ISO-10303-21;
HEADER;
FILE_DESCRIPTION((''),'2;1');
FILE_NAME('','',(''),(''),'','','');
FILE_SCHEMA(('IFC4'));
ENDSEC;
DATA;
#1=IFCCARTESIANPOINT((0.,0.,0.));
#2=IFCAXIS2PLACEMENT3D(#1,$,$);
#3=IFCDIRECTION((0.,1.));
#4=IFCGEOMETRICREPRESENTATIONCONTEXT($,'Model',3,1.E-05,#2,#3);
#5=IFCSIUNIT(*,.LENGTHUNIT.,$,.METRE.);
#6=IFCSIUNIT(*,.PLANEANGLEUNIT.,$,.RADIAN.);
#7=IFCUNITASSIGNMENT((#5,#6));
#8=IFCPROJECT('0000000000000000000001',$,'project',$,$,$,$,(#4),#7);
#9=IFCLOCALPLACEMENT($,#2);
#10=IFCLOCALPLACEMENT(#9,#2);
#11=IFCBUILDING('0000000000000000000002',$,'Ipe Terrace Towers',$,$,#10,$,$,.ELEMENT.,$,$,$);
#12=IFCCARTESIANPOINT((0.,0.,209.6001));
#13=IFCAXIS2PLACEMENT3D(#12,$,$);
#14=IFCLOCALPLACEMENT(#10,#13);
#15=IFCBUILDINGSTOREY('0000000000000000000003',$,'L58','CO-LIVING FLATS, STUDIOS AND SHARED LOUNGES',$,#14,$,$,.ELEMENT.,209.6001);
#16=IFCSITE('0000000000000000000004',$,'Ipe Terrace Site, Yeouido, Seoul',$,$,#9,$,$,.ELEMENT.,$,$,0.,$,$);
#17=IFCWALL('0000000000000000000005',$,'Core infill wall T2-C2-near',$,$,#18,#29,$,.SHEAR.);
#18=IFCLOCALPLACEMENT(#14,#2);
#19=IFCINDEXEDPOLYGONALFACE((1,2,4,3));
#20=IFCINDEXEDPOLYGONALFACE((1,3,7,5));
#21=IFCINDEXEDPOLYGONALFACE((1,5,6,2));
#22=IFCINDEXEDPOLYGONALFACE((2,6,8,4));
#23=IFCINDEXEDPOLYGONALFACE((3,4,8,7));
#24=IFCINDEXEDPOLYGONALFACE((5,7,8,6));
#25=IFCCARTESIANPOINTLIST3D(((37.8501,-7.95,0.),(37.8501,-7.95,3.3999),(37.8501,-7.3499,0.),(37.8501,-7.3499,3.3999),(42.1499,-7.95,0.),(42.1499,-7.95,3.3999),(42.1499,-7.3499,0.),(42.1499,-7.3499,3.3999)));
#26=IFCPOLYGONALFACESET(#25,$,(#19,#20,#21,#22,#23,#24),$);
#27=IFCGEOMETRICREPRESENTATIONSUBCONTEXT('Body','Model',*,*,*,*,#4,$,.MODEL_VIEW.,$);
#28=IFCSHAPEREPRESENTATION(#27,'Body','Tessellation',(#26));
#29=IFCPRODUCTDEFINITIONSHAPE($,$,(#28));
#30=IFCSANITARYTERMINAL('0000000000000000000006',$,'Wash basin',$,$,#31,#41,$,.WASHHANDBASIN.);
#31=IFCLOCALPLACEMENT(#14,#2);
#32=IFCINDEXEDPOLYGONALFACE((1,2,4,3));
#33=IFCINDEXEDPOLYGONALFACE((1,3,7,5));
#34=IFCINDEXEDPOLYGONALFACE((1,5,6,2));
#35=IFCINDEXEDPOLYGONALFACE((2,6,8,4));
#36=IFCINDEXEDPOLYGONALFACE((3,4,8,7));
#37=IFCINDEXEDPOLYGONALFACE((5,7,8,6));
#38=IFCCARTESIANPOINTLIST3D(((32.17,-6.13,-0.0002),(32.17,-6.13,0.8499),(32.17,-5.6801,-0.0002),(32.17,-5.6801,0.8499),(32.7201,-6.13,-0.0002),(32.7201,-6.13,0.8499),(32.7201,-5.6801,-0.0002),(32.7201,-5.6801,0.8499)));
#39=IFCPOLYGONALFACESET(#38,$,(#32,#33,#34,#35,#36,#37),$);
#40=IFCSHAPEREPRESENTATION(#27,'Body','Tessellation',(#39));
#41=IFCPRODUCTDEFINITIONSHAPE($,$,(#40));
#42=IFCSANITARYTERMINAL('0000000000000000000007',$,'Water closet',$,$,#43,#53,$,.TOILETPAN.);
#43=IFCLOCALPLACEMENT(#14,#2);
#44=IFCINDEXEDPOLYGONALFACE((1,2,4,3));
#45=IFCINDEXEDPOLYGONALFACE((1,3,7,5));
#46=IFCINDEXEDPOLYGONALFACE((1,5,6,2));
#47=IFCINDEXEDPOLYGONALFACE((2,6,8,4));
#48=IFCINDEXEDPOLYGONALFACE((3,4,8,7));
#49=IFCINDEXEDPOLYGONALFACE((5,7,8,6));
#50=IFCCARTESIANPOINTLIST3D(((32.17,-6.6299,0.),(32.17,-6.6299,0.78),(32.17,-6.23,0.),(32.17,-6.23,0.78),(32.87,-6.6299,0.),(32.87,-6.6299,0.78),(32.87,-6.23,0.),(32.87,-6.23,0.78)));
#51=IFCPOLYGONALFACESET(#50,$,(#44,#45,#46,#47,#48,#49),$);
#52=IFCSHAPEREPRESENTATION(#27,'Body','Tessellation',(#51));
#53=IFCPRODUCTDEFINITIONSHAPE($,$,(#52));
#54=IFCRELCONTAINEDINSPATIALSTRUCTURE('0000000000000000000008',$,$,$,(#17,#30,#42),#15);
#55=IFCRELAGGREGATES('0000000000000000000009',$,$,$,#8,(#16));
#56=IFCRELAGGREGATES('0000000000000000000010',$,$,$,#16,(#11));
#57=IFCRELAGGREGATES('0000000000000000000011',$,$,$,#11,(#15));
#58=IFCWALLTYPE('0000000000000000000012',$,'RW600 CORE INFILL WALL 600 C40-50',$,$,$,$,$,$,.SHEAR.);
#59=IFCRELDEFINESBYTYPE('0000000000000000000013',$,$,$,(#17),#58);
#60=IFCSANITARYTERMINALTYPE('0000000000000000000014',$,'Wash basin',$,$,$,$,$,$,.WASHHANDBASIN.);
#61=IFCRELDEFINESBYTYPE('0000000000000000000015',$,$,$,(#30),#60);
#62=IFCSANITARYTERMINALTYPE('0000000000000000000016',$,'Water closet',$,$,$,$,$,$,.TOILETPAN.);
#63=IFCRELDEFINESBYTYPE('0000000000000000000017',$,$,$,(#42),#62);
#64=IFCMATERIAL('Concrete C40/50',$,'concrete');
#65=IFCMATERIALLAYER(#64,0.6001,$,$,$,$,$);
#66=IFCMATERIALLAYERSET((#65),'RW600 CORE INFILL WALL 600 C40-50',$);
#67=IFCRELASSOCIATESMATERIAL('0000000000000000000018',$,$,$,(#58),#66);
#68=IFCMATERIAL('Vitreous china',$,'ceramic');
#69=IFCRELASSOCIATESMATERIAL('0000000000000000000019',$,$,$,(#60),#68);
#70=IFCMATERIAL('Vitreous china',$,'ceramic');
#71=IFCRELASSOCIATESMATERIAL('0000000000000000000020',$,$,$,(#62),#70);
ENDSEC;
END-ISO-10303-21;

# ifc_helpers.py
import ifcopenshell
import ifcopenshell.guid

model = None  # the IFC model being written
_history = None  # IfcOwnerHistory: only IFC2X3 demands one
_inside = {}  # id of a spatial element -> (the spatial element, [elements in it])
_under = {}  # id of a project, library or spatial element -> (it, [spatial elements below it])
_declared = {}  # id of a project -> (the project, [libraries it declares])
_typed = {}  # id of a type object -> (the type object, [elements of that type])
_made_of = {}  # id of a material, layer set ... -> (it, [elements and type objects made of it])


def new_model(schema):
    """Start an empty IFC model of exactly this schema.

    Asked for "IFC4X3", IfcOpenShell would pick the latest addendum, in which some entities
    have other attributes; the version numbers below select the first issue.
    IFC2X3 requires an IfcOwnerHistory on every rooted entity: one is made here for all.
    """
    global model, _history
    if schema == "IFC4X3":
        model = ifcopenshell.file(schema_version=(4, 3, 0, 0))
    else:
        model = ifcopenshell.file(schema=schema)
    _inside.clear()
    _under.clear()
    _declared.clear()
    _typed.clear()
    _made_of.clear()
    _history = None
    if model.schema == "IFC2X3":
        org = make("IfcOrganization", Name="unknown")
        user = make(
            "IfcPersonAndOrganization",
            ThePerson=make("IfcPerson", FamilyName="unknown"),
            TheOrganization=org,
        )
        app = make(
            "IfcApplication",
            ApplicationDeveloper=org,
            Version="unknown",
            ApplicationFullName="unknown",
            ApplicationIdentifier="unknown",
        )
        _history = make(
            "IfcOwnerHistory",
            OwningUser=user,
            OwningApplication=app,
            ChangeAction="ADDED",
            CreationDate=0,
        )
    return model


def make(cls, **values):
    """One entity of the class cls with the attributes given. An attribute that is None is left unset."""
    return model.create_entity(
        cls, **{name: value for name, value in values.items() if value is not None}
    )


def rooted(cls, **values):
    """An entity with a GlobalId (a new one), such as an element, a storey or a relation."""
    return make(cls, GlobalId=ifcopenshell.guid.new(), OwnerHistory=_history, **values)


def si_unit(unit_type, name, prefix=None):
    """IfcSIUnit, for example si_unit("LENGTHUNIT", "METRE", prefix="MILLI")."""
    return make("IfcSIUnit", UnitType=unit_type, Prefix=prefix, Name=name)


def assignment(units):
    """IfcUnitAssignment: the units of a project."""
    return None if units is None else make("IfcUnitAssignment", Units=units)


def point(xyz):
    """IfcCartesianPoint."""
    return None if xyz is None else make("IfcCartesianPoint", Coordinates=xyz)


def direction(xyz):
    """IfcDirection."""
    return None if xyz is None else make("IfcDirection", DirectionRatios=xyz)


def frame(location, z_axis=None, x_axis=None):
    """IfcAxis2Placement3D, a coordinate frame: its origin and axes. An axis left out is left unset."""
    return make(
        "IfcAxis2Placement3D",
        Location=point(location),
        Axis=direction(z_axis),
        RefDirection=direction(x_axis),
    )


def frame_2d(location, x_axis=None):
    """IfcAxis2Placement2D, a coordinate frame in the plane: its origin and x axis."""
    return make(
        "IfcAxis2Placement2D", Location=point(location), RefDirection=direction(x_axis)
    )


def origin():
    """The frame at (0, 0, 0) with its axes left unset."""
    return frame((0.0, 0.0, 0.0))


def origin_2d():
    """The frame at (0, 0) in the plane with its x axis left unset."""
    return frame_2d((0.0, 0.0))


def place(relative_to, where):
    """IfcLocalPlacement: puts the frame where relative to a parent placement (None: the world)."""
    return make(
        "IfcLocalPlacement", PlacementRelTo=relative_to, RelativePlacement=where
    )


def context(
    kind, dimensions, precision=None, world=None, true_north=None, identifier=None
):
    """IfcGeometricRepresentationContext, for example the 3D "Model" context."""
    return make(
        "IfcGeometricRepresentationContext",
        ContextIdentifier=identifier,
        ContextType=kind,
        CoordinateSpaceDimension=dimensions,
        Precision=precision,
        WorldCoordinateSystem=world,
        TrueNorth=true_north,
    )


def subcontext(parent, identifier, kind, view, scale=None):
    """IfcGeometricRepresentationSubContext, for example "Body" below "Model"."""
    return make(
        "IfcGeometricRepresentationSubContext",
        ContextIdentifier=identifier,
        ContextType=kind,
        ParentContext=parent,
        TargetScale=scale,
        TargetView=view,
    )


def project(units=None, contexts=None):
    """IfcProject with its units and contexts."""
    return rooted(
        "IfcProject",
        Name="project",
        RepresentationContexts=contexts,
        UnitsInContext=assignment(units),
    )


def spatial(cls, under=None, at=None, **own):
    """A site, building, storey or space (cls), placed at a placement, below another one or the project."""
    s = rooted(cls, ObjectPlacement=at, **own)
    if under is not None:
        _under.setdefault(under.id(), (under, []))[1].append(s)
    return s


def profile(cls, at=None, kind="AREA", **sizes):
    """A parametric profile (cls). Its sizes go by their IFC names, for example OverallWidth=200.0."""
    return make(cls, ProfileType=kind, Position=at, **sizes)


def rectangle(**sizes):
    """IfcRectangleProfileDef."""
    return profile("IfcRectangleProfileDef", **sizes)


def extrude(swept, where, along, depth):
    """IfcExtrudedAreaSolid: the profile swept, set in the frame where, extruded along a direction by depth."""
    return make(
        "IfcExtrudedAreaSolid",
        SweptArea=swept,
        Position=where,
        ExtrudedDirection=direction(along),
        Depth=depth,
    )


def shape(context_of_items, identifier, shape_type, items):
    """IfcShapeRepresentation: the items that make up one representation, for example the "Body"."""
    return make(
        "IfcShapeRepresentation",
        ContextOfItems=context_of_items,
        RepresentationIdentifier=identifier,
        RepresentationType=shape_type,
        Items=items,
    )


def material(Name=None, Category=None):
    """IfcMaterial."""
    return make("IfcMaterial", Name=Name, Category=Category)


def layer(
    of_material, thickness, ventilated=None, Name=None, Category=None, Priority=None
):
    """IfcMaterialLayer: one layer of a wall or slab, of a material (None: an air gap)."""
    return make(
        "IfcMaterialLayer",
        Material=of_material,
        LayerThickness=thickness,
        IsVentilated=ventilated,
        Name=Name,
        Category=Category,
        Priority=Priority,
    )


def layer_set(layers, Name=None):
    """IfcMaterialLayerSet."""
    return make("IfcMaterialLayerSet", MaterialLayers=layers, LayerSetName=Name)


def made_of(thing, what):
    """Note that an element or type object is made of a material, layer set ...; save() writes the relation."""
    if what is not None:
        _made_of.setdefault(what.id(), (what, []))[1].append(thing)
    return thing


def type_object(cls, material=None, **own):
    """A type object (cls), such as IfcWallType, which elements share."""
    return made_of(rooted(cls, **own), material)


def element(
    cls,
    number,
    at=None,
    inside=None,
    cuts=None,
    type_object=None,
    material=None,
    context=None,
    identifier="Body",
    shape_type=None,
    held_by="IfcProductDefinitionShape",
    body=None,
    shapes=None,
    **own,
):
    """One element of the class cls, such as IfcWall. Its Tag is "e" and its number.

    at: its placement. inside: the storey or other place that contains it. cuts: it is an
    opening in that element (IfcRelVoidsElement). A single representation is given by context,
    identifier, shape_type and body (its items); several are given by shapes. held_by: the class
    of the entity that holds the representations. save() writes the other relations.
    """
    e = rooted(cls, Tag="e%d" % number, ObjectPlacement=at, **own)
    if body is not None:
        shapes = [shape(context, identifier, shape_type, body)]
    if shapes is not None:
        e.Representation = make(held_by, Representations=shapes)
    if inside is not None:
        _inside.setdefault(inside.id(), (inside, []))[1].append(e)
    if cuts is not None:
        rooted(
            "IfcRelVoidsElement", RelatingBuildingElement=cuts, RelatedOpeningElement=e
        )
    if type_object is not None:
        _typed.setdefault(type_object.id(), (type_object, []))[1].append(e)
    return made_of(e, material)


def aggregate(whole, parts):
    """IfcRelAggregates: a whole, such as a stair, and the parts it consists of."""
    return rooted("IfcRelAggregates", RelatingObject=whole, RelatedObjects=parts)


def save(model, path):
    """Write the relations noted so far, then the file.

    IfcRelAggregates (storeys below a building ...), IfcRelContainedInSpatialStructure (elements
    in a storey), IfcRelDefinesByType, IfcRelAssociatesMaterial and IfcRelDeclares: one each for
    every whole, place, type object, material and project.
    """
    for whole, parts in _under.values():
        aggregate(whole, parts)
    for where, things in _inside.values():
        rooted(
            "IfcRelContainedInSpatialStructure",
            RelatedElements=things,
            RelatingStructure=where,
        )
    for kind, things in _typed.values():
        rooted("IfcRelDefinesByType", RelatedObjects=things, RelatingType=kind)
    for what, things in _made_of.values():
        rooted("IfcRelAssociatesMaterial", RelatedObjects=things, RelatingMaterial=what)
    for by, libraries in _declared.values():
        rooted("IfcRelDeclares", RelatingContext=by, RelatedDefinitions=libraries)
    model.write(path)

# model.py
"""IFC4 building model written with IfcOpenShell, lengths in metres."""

from ifc_helpers import new_model, si_unit, direction, frame, frame_2d, origin, origin_2d, place, context, subcontext, project, spatial, rectangle, extrude, material, layer, layer_set, type_object, element, save


model = new_model("IFC4")

# Units and contexts
model_context = context("Model", 3, precision=1e-05, world=origin(), true_north=direction((0.0, 1.0)))
body_context = subcontext(model_context, "Body", "Model", "MODEL_VIEW")
ifc_project = project(units=[si_unit("LENGTHUNIT", "METRE"), si_unit("PLANEANGLEUNIT", "RADIAN")], contexts=[model_context])

# Site, building, storey
site_placement = place(None, origin())
site = spatial("IfcSite", under=ifc_project, at=site_placement, Name="Ipe Terrace Site, Yeouido, Seoul", CompositionType="ELEMENT", RefElevation=0.0)
building_placement = place(site_placement, origin())
building = spatial("IfcBuilding", under=site, at=building_placement, Name="Ipe Terrace Towers", CompositionType="ELEMENT")
storey_placement = place(building_placement, frame((0.0, 0.0, 209.6001)))
storey = spatial("IfcBuildingStorey", under=building, at=storey_placement, Name="L58", Description="CO-LIVING FLATS, STUDIOS AND SHARED LOUNGES", CompositionType="ELEMENT", Elevation=209.6001)

# Wall
ifc_material_1 = material(Name="Concrete C40/50", Category="concrete")
ifc_layer_1 = layer(ifc_material_1, 0.6001)
ifc_layer_set_1 = layer_set([ifc_layer_1], Name="RW600 CORE INFILL WALL 600 C40-50")
wall_type_1 = type_object("IfcWallType", Name="RW600 CORE INFILL WALL 600 C40-50", PredefinedType="SHEAR", material=ifc_layer_set_1)
wall_1_placement = place(storey_placement, frame((37.8501, -7.6499, 0.0), z_axis=(0.0, 0.0, 1.0), x_axis=(1.0, 0.0, 0.0)))
element("IfcWall", 1, at=wall_1_placement, inside=storey, type_object=wall_type_1, Name="Core infill wall T2-C2-near", PredefinedType="SHEAR", context=body_context, shape_type="SweptSolid", body=[
    extrude(rectangle(XDim=4.2998, YDim=0.6001, at=frame_2d((2.1499, 0.0))), origin(), (0.0, 0.0, 1.0), 3.3999),
])

# Sanitary terminals
ifc_material_2 = material(Name="Vitreous china", Category="ceramic")
sanitary_terminal_type_1 = type_object("IfcSanitaryTerminalType", Name="Wash basin", PredefinedType="WASHHANDBASIN", material=ifc_material_2)
sanitary_terminal_1_placement = place(storey_placement, frame((32.4451, -5.905, -0.0002), z_axis=(0.0, 0.0, 1.0), x_axis=(1.0, 0.0, 0.0)))
element("IfcSanitaryTerminal", 2, at=sanitary_terminal_1_placement, inside=storey, type_object=sanitary_terminal_type_1, Name="Wash basin", PredefinedType="WASHHANDBASIN", context=body_context, shape_type="SweptSolid", body=[
    extrude(rectangle(XDim=0.55, YDim=0.45, at=origin_2d()), origin(), (0.0, 0.0, 1.0), 0.8501),
])
ifc_material_3 = material(Name="Vitreous china", Category="ceramic")
sanitary_terminal_type_2 = type_object("IfcSanitaryTerminalType", Name="Water closet", PredefinedType="TOILETPAN", material=ifc_material_3)
sanitary_terminal_2_placement = place(storey_placement, frame((32.52, -6.4299, 0.0), z_axis=(0.0, 0.0, 1.0), x_axis=(1.0, 0.0, 0.0)))
element("IfcSanitaryTerminal", 3, at=sanitary_terminal_2_placement, inside=storey, type_object=sanitary_terminal_type_2, Name="Water closet", PredefinedType="TOILETPAN", context=body_context, shape_type="SweptSolid", body=[
    extrude(rectangle(XDim=0.7, YDim=0.3999, at=origin_2d()), origin(), (0.0, 0.0, 1.0), 0.78),
])

save(model, "model.ifc")
